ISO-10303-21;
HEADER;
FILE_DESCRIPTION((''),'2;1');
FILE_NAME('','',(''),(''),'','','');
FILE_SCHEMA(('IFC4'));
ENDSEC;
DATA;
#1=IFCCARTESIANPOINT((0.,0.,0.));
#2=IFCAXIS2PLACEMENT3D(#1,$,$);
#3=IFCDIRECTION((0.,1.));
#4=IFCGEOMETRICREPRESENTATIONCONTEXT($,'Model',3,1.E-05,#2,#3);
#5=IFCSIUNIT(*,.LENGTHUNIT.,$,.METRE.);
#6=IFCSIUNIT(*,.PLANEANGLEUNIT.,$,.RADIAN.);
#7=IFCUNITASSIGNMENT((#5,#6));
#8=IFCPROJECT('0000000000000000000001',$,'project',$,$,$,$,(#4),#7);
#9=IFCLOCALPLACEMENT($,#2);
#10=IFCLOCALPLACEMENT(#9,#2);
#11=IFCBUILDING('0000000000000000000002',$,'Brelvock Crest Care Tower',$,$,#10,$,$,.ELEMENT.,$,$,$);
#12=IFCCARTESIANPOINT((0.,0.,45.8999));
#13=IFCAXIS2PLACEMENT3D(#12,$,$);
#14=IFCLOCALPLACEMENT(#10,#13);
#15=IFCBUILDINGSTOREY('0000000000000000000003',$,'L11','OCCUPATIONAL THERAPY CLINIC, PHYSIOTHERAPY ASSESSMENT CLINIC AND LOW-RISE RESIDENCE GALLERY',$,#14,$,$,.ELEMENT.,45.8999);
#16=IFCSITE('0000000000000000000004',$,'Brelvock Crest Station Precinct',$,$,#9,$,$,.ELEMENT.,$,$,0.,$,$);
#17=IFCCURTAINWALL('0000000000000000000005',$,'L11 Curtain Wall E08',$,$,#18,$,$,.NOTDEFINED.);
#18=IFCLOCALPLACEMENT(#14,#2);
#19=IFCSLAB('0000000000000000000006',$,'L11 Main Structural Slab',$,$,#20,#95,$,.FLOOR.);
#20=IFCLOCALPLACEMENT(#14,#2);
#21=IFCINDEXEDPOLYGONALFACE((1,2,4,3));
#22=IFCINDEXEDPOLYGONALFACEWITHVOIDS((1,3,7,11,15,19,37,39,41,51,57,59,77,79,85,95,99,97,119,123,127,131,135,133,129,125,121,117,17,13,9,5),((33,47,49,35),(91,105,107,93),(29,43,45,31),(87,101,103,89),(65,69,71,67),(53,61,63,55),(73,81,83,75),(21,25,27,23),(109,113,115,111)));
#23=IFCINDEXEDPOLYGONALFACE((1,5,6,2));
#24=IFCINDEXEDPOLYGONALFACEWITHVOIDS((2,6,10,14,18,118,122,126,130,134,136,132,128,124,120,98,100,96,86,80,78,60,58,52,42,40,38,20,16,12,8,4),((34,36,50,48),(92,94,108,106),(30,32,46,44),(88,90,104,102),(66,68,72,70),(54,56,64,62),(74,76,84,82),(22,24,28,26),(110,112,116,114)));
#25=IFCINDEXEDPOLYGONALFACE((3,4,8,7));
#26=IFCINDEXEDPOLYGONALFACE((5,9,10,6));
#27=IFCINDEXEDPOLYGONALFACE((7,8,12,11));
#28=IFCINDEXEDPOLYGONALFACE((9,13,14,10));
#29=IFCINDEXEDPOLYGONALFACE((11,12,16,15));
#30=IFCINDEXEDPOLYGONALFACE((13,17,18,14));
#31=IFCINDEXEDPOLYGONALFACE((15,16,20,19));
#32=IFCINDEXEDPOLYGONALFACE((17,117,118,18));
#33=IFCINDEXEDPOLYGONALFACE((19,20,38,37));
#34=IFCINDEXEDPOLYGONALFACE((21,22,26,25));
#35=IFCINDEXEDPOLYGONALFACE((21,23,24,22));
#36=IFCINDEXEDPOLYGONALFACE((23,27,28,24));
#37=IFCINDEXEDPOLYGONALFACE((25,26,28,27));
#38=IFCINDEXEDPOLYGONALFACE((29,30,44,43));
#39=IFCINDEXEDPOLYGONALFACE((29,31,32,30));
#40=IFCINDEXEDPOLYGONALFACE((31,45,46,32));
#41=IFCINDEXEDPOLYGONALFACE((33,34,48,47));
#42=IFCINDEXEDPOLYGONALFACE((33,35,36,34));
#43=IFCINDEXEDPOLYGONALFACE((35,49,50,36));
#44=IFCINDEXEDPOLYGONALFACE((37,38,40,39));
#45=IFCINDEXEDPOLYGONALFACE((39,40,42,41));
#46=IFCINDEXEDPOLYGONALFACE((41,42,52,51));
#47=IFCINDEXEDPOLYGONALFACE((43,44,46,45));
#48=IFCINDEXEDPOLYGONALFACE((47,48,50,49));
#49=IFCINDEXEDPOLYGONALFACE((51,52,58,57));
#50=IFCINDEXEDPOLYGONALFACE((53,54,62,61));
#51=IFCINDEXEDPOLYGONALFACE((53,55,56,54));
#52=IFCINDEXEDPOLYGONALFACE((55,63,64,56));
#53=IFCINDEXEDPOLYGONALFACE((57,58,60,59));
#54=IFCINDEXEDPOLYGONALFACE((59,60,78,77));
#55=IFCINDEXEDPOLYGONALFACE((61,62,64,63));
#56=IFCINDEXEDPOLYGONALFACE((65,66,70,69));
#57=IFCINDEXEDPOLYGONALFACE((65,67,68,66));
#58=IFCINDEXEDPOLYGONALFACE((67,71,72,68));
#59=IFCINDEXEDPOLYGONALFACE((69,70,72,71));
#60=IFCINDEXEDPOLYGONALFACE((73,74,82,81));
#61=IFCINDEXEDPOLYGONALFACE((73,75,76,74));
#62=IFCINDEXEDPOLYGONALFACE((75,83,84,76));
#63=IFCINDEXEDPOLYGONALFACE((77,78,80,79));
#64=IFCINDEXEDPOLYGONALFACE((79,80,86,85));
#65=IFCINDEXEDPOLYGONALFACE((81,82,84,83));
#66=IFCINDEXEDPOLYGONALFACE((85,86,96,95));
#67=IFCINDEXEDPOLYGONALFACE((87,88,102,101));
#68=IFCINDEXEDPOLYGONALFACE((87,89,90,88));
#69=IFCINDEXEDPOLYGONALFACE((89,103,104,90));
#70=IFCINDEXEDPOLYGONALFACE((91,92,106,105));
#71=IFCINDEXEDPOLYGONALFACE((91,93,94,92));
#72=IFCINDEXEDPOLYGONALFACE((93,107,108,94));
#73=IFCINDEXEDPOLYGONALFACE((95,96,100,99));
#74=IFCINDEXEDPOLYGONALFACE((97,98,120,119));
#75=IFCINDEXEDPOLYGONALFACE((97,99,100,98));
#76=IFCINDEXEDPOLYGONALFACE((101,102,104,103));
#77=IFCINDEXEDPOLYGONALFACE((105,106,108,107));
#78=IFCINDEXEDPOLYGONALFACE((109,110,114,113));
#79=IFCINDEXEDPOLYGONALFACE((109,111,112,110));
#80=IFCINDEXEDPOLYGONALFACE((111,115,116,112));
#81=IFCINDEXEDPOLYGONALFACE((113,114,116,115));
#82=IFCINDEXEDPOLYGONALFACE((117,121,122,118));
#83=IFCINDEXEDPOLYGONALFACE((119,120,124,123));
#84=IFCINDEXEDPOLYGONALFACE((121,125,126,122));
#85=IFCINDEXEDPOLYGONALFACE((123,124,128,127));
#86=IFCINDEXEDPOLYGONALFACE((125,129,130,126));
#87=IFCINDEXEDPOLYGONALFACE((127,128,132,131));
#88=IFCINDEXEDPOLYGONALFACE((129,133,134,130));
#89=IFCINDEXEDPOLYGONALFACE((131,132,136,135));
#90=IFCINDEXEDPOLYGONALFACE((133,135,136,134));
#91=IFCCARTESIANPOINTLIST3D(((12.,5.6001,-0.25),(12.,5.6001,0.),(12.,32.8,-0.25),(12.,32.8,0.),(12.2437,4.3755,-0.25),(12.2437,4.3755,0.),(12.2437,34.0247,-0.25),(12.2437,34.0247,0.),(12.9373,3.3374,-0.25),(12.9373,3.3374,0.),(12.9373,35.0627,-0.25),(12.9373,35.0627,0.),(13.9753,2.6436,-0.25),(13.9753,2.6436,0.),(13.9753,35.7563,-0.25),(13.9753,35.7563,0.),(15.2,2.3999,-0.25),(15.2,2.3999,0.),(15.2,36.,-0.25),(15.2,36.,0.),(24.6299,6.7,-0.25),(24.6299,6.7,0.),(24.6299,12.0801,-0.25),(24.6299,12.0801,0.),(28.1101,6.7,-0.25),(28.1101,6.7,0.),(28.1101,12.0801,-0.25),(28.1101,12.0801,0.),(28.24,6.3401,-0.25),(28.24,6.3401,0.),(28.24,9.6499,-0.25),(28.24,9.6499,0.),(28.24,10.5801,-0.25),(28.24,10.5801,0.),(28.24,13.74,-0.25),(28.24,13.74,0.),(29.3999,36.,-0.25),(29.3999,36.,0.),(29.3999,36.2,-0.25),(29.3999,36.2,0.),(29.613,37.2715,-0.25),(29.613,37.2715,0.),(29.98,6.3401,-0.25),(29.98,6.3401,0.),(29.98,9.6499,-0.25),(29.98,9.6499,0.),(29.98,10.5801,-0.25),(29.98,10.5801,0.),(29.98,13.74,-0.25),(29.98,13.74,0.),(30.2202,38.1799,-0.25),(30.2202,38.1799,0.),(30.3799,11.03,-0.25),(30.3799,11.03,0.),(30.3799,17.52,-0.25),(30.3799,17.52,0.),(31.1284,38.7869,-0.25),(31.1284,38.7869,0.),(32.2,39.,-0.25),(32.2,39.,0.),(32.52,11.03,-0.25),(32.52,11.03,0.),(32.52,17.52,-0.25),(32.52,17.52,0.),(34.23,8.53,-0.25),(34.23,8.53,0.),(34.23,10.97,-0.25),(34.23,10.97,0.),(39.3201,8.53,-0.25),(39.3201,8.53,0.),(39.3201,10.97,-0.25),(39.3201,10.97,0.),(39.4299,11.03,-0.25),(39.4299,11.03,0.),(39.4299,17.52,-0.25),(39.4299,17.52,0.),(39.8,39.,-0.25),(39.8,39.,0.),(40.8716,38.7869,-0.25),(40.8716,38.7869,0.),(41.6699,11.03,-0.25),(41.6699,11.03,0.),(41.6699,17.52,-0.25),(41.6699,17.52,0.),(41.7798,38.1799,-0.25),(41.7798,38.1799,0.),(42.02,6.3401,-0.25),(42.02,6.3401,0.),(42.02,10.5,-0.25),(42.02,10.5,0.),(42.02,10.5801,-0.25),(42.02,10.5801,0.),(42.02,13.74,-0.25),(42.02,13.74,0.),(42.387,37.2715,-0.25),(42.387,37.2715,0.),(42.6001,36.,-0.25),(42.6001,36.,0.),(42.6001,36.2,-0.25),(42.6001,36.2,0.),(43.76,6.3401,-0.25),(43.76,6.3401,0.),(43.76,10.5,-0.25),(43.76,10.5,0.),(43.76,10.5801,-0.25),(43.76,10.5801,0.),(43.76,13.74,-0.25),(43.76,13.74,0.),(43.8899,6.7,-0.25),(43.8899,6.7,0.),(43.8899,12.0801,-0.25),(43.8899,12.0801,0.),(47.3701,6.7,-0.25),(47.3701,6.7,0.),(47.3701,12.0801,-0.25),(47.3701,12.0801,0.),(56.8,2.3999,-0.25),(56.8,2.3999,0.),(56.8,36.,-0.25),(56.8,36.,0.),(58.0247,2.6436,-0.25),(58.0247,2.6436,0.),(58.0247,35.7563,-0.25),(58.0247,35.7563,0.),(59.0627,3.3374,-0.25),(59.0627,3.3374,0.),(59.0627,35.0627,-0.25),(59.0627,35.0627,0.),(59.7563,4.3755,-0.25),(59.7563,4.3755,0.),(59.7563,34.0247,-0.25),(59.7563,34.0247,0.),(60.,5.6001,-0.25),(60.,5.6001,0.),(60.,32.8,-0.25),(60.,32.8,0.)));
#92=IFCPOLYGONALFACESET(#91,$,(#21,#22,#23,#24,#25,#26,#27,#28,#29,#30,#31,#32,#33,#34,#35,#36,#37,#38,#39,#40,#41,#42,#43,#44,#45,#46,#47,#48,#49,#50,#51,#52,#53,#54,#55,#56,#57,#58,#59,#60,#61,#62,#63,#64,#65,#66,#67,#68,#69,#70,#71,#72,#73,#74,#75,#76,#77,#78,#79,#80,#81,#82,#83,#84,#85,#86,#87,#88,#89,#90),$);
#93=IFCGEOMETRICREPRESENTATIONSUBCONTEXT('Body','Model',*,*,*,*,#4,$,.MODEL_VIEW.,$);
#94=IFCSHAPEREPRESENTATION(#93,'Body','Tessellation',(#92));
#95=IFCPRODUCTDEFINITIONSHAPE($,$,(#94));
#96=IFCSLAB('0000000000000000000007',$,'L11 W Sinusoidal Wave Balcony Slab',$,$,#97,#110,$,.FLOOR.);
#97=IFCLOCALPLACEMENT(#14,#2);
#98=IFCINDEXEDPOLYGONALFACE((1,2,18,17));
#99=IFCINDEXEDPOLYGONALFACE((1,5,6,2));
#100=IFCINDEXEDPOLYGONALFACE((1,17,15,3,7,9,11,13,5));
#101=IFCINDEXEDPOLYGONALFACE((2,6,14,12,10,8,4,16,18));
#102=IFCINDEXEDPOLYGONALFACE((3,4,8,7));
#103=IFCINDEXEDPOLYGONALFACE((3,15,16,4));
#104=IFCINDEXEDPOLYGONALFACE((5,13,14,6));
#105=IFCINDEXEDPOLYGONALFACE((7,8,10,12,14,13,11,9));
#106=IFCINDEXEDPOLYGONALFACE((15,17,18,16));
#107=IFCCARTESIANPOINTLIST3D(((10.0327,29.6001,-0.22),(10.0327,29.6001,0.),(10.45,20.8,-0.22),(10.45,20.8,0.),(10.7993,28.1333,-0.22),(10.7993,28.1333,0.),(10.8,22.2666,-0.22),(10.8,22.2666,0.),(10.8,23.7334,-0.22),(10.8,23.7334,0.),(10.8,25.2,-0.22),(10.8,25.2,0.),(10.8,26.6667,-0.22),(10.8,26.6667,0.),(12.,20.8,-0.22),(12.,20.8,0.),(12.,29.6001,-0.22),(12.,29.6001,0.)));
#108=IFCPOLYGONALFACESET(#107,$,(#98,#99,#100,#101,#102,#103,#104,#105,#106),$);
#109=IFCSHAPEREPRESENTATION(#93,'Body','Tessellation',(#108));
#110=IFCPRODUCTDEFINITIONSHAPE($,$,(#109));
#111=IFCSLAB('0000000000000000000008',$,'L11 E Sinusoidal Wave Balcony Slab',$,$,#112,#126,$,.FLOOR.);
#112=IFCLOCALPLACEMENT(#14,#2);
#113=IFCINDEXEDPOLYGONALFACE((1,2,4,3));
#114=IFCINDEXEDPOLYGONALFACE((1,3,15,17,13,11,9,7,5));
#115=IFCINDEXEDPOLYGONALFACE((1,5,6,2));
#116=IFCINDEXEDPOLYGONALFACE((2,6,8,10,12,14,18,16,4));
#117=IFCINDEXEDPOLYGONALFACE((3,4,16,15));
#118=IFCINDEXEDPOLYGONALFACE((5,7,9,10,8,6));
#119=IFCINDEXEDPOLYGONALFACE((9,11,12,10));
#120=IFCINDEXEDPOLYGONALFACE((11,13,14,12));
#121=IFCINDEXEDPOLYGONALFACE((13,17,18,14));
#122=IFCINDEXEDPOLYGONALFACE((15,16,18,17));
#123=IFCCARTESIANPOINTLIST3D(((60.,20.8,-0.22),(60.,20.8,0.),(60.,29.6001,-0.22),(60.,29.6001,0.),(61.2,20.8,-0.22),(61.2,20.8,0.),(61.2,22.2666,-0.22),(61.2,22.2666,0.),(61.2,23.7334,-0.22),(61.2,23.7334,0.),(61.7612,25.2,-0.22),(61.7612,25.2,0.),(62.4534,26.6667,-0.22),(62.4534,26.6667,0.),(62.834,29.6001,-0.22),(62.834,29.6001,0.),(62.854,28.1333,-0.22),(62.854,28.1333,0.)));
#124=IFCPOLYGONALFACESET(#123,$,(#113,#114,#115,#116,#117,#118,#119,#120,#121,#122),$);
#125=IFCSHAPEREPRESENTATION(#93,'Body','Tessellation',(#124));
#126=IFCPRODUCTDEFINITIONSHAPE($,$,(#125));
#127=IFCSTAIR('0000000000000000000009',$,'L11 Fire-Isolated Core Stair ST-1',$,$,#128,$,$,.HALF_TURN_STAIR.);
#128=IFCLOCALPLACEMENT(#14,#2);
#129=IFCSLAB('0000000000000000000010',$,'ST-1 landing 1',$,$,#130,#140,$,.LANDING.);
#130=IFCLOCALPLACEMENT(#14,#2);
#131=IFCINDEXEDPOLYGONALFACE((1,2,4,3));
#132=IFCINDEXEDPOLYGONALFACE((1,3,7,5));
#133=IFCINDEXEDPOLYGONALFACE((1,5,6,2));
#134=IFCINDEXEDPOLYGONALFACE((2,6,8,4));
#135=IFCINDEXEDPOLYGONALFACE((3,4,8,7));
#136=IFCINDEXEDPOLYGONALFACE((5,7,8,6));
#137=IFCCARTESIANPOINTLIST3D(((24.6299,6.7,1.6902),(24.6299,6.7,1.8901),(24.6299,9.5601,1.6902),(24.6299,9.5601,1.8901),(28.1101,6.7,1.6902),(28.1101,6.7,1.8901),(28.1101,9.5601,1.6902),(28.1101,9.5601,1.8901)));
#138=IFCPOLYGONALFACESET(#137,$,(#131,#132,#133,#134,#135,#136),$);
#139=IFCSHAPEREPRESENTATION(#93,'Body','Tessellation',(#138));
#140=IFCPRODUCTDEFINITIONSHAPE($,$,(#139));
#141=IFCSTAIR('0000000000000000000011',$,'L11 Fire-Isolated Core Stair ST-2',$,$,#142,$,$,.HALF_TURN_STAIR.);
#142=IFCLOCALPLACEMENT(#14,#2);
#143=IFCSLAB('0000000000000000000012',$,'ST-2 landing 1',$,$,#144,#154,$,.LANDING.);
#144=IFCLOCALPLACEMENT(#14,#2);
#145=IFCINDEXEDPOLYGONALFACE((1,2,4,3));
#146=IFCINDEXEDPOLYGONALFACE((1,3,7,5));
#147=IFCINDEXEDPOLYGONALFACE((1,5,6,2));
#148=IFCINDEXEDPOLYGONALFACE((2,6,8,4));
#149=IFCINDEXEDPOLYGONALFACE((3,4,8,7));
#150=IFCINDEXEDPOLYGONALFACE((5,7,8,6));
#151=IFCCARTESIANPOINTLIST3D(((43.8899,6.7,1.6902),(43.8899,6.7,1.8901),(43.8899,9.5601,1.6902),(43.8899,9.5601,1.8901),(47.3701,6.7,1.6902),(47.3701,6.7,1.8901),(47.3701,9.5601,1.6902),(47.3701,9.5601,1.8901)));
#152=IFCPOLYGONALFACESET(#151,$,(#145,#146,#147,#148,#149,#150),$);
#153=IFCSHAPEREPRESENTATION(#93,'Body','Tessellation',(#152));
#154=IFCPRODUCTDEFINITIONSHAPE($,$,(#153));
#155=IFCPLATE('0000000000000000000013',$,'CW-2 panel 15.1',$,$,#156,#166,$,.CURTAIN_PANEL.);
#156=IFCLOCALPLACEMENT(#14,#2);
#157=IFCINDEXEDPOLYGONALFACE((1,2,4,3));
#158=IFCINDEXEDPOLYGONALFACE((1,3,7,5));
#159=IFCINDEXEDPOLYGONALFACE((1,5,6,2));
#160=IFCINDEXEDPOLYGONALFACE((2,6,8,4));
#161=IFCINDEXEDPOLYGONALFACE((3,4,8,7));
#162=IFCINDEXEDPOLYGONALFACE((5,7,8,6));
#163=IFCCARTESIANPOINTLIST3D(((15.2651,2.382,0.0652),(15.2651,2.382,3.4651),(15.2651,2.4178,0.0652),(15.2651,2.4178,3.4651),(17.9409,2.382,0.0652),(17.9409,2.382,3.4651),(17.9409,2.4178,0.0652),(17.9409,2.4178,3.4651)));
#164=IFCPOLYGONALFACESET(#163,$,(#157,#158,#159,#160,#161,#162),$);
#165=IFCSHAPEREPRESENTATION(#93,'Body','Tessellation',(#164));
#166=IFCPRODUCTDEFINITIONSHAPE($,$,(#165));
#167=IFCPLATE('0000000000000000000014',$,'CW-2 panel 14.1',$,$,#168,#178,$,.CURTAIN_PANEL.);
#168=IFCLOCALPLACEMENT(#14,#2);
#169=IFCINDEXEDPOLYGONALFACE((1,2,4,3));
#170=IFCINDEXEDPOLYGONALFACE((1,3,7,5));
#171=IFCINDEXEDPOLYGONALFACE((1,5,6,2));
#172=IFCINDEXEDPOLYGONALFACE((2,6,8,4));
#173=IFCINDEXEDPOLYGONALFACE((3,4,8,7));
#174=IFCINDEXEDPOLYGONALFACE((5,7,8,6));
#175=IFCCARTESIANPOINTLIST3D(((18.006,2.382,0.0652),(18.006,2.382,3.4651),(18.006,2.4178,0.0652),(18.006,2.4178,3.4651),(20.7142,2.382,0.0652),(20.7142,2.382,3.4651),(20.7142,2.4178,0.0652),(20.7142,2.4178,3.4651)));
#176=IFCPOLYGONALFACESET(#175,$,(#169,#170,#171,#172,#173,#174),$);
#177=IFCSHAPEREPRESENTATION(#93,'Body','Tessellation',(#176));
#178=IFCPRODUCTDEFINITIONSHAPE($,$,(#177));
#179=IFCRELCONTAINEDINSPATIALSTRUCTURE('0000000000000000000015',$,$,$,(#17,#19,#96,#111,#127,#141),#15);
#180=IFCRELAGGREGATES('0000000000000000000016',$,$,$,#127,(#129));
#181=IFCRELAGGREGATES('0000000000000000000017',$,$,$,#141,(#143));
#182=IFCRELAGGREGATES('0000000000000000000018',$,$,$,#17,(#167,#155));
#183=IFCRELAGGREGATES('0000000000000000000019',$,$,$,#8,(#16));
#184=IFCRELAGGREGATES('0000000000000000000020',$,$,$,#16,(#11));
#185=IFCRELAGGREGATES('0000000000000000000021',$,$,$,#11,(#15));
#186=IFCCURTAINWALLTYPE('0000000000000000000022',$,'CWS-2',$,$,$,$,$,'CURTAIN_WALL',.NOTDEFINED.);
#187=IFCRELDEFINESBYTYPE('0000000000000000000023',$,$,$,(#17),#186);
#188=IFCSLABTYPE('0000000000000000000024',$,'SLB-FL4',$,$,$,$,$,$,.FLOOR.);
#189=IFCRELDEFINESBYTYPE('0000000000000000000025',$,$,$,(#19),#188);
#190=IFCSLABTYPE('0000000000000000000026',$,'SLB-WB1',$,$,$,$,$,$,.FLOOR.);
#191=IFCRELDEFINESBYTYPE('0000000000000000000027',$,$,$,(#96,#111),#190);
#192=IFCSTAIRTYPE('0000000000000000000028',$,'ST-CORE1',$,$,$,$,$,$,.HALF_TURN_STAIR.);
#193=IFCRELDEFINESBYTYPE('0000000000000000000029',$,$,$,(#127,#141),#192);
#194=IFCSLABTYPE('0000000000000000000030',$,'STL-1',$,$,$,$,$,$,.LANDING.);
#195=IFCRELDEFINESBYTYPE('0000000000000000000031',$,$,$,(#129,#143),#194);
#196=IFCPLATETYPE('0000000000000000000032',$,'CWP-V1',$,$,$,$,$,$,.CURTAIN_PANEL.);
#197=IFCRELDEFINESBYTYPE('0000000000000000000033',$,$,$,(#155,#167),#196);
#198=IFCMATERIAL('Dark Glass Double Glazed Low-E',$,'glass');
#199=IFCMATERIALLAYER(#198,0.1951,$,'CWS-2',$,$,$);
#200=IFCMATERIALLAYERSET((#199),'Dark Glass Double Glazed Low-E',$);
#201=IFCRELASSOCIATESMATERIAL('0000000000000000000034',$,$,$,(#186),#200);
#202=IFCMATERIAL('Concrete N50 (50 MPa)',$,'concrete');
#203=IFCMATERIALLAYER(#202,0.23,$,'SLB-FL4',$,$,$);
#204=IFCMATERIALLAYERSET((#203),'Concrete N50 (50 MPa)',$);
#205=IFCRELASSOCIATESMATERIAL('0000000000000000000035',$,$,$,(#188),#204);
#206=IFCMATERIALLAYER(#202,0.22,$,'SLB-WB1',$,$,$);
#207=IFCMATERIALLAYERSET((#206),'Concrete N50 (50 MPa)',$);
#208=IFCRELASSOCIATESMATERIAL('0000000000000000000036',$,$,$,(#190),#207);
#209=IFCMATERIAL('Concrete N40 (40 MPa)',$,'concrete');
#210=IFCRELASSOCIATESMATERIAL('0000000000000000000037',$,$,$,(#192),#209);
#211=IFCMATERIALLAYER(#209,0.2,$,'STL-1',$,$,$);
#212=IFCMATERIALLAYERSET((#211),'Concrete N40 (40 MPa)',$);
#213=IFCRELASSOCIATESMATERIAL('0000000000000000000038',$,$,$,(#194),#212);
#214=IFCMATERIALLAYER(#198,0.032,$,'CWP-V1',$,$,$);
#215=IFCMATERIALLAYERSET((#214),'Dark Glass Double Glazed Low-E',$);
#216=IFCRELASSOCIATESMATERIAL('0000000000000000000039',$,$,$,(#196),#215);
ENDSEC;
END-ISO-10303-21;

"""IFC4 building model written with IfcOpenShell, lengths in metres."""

from ifc_helpers import new_model, si_unit, direction, frame, origin, origin_2d, place, context, subcontext, project, spatial, polyline, rectangle, outline, extrude, source, transform, mapped, material, layer, layer_set, type_object, element, aggregate, save


model = new_model("IFC4")

# Units and contexts
model_context = context("Model", 3, precision=1e-05, world=origin(), true_north=direction((0.0, 1.0)))
body_context = subcontext(model_context, "Body", "Model", "MODEL_VIEW")
ifc_project = project(units=[si_unit("LENGTHUNIT", "METRE"), si_unit("PLANEANGLEUNIT", "RADIAN")], contexts=[model_context])

# Site, building, storey
site_placement = place(None, origin())
site = spatial("IfcSite", under=ifc_project, at=site_placement, Name="Brelvock Crest Station Precinct", CompositionType="ELEMENT", RefElevation=0.0)
building_placement = place(site_placement, origin())
building = spatial("IfcBuilding", under=site, at=building_placement, Name="Brelvock Crest Care Tower", CompositionType="ELEMENT")
storey_placement = place(building_placement, frame((0.0, 0.0, 45.8999)))
storey = spatial("IfcBuildingStorey", under=building, at=storey_placement, Name="L11", Description="OCCUPATIONAL THERAPY CLINIC, PHYSIOTHERAPY ASSESSMENT CLINIC AND LOW-RISE RESIDENCE GALLERY", CompositionType="ELEMENT", Elevation=45.8999)

# Curtain wall
ifc_material_1 = material(Name="Dark Glass Double Glazed Low-E", Category="glass")
ifc_layer_1 = layer(ifc_material_1, 0.1951, Name="CWS-2")
ifc_layer_set_1 = layer_set([ifc_layer_1], Name="Dark Glass Double Glazed Low-E")
curtain_wall_type = type_object("IfcCurtainWallType", Name="CWS-2", ElementType="CURTAIN_WALL", PredefinedType="NOTDEFINED", material=ifc_layer_set_1)
curtain_wall_1_placement = place(storey_placement, origin())
curtain_wall_1 = element("IfcCurtainWall", 1, at=curtain_wall_1_placement, inside=storey, type_object=curtain_wall_type, Name="L11 Curtain Wall E08", PredefinedType="NOTDEFINED")

# Slabs
ifc_material_2 = material(Name="Concrete N50 (50 MPa)", Category="concrete")
ifc_layer_2 = layer(ifc_material_2, 0.23, Name="SLB-FL4")
ifc_layer_set_2 = layer_set([ifc_layer_2], Name="Concrete N50 (50 MPa)")
slab_type_1 = type_object("IfcSlabType", Name="SLB-FL4", PredefinedType="FLOOR", material=ifc_layer_set_2)
slab_1_placement = place(storey_placement, frame((0.0, 0.0, -0.25)))
element("IfcSlab", 2, at=slab_1_placement, inside=storey, type_object=slab_type_1, Name="L11 Main Structural Slab", PredefinedType="FLOOR", context=body_context, shape_type="SweptSolid", body=[
    extrude(outline(polyline([(56.8, 36.0), (42.6001, 36.0), (42.6001, 36.2), (42.387, 37.2715), (41.7798, 38.1799), (40.8716, 38.7869), (39.8, 39.0), (32.2, 39.0), (31.1284, 38.7869), (30.2202, 38.1799), (29.613, 37.2715), (29.3999, 36.2), (29.3999, 36.0), (15.2, 36.0), (13.9753, 35.7563), (12.9373, 35.0627), (12.2437, 34.0247), (12.0, 32.8), (12.0, 5.6001), (12.2437, 4.3755), (12.9373, 3.3374), (13.9753, 2.6436), (15.2, 2.3999), (56.8, 2.3999), (58.0247, 2.6436), (59.0627, 3.3374), (59.7563, 4.3755), (60.0, 5.6001), (60.0, 32.8), (59.7563, 34.0247), (59.0627, 35.0627), (58.0247, 35.7563), (56.8, 36.0)]), holes=[polyline([(28.24, 10.5801), (29.98, 10.5801), (29.98, 13.74), (28.24, 13.74), (28.24, 10.5801)]), polyline([(42.02, 10.5801), (43.76, 10.5801), (43.76, 13.74), (42.02, 13.74), (42.02, 10.5801)]), polyline([(28.24, 6.3401), (29.98, 6.3401), (29.98, 9.6499), (28.24, 9.6499), (28.24, 6.3401)]), polyline([(24.6299, 12.0801), (24.6299, 6.7), (28.1101, 6.7), (28.1101, 12.0801), (24.6299, 12.0801)]), polyline([(43.8899, 12.0801), (43.8899, 6.7), (47.3701, 6.7), (47.3701, 12.0801), (43.8899, 12.0801)]), polyline([(42.02, 6.3401), (43.76, 6.3401), (43.76, 10.5), (42.02, 10.5), (42.02, 6.3401)]), polyline([(30.3799, 11.03), (32.52, 11.03), (32.52, 17.52), (30.3799, 17.52), (30.3799, 11.03)]), polyline([(34.23, 8.53), (39.3201, 8.53), (39.3201, 10.97), (34.23, 10.97), (34.23, 8.53)]), polyline([(39.4299, 11.03), (41.6699, 11.03), (41.6699, 17.52), (39.4299, 17.52), (39.4299, 11.03)])]), origin(), (0.0, 0.0, 1.0), 0.25),
])
ifc_layer_3 = layer(ifc_material_2, 0.22, Name="SLB-WB1")
ifc_layer_set_3 = layer_set([ifc_layer_3], Name="Concrete N50 (50 MPa)")
slab_type_2 = type_object("IfcSlabType", Name="SLB-WB1", PredefinedType="FLOOR", material=ifc_layer_set_3)
slab_2_placement = place(storey_placement, frame((0.0, 0.0, -0.22)))
element("IfcSlab", 3, at=slab_2_placement, inside=storey, type_object=slab_type_2, Name="L11 W Sinusoidal Wave Balcony Slab", PredefinedType="FLOOR", context=body_context, shape_type="SweptSolid", body=[
    extrude(outline(polyline([(12.0, 29.6001), (10.0327, 29.6001), (10.7993, 28.1333), (10.8, 26.6667), (10.8, 25.2), (10.8, 23.7334), (10.8, 22.2666), (10.45, 20.8), (12.0, 20.8), (12.0, 29.6001)])), origin(), (0.0, 0.0, 1.0), 0.22),
])
slab_3_placement = place(storey_placement, frame((0.0, 0.0, -0.22)))
element("IfcSlab", 4, at=slab_3_placement, inside=storey, type_object=slab_type_2, Name="L11 E Sinusoidal Wave Balcony Slab", PredefinedType="FLOOR", context=body_context, shape_type="SweptSolid", body=[
    extrude(outline(polyline([(60.0, 20.8), (61.2, 20.8), (61.2, 22.2666), (61.2, 23.7334), (61.7612, 25.2), (62.4534, 26.6667), (62.854, 28.1333), (62.834, 29.6001), (60.0, 29.6001), (60.0, 20.8)])), origin(), (0.0, 0.0, 1.0), 0.22),
])

# Stairs, slabs
ifc_material_3 = material(Name="Concrete N40 (40 MPa)", Category="concrete")
stair_type = type_object("IfcStairType", Name="ST-CORE1", PredefinedType="HALF_TURN_STAIR", material=ifc_material_3)
stair_1_placement = place(storey_placement, origin())
stair_1 = element("IfcStair", 5, at=stair_1_placement, inside=storey, type_object=stair_type, Name="L11 Fire-Isolated Core Stair ST-1", PredefinedType="HALF_TURN_STAIR")
ifc_layer_4 = layer(ifc_material_3, 0.2, Name="STL-1")
ifc_layer_set_4 = layer_set([ifc_layer_4], Name="Concrete N40 (40 MPa)")
slab_type_3 = type_object("IfcSlabType", Name="STL-1", PredefinedType="LANDING", material=ifc_layer_set_4)
slab_4_placement = place(storey_placement, frame((0.0, 0.0, 1.6902)))
slab_4 = element("IfcSlab", 6, at=slab_4_placement, type_object=slab_type_3, Name="ST-1 landing 1", PredefinedType="LANDING", context=body_context, shape_type="SweptSolid", body=[
    extrude(outline(polyline([(24.6299, 9.5601), (24.6299, 6.7), (28.1101, 6.7), (28.1101, 9.5601), (24.6299, 9.5601)])), origin(), (0.0, 0.0, 1.0), 0.2),
])
aggregate(stair_1, [slab_4])
stair_2_placement = place(storey_placement, origin())
stair_2 = element("IfcStair", 7, at=stair_2_placement, inside=storey, type_object=stair_type, Name="L11 Fire-Isolated Core Stair ST-2", PredefinedType="HALF_TURN_STAIR")
slab_5_placement = place(storey_placement, frame((0.0, 0.0, 1.6902)))
slab_5 = element("IfcSlab", 8, at=slab_5_placement, type_object=slab_type_3, Name="ST-2 landing 1", PredefinedType="LANDING", context=body_context, shape_type="SweptSolid", body=[
    extrude(outline(polyline([(43.8899, 9.5601), (43.8899, 6.7), (47.3701, 6.7), (47.3701, 9.5601), (43.8899, 9.5601)])), origin(), (0.0, 0.0, 1.0), 0.2),
])
aggregate(stair_2, [slab_5])

# Plates
ifc_layer_5 = layer(ifc_material_1, 0.032, Name="CWP-V1")
ifc_layer_set_5 = layer_set([ifc_layer_5], Name="Dark Glass Double Glazed Low-E")
plate_type = type_object("IfcPlateType", Name="CWP-V1", PredefinedType="CURTAIN_PANEL", material=ifc_layer_set_5)
shared_shape_1 = source(origin(), body_context, "Body", "SweptSolid", [
    extrude(rectangle(XDim=2.6758, YDim=0.0359, at=origin_2d()), origin(), (0.0, 0.0, 1.0), 3.3999),
])
plate_1_placement = place(storey_placement, frame((16.603, 2.3999, 0.0652), z_axis=(0.0, 0.0, 1.0), x_axis=(-1.0, 0.0, 0.0)))
plate_1 = element("IfcPlate", 9, at=plate_1_placement, type_object=plate_type, Name="CW-2 panel 15.1", PredefinedType="CURTAIN_PANEL", context=body_context, shape_type="MappedRepresentation", body=[
    mapped(shared_shape_1, transform((0.0, 0.0, 0.0), x_axis=(1.0, 0.0, 0.0), y_axis=(0.0, 1.0, 0.0), z_axis=(0.0, 0.0, 1.0), scale=1.0)),
])
shared_shape_2 = source(origin(), body_context, "Body", "SweptSolid", [
    extrude(rectangle(XDim=2.7083, YDim=0.0359, at=origin_2d()), origin(), (0.0, 0.0, 1.0), 3.3999),
])
plate_2_placement = place(storey_placement, frame((19.3601, 2.3999, 0.0652), z_axis=(0.0, 0.0, 1.0), x_axis=(-1.0, 0.0, 0.0)))
plate_2 = element("IfcPlate", 10, at=plate_2_placement, type_object=plate_type, Name="CW-2 panel 14.1", PredefinedType="CURTAIN_PANEL", context=body_context, shape_type="MappedRepresentation", body=[
    mapped(shared_shape_2, transform((0.0, 0.0, 0.0), x_axis=(1.0, 0.0, 0.0), y_axis=(0.0, 1.0, 0.0), z_axis=(0.0, 0.0, 1.0), scale=1.0)),
])
aggregate(curtain_wall_1, [plate_2, plate_1])

save(model, "model.ifc")
